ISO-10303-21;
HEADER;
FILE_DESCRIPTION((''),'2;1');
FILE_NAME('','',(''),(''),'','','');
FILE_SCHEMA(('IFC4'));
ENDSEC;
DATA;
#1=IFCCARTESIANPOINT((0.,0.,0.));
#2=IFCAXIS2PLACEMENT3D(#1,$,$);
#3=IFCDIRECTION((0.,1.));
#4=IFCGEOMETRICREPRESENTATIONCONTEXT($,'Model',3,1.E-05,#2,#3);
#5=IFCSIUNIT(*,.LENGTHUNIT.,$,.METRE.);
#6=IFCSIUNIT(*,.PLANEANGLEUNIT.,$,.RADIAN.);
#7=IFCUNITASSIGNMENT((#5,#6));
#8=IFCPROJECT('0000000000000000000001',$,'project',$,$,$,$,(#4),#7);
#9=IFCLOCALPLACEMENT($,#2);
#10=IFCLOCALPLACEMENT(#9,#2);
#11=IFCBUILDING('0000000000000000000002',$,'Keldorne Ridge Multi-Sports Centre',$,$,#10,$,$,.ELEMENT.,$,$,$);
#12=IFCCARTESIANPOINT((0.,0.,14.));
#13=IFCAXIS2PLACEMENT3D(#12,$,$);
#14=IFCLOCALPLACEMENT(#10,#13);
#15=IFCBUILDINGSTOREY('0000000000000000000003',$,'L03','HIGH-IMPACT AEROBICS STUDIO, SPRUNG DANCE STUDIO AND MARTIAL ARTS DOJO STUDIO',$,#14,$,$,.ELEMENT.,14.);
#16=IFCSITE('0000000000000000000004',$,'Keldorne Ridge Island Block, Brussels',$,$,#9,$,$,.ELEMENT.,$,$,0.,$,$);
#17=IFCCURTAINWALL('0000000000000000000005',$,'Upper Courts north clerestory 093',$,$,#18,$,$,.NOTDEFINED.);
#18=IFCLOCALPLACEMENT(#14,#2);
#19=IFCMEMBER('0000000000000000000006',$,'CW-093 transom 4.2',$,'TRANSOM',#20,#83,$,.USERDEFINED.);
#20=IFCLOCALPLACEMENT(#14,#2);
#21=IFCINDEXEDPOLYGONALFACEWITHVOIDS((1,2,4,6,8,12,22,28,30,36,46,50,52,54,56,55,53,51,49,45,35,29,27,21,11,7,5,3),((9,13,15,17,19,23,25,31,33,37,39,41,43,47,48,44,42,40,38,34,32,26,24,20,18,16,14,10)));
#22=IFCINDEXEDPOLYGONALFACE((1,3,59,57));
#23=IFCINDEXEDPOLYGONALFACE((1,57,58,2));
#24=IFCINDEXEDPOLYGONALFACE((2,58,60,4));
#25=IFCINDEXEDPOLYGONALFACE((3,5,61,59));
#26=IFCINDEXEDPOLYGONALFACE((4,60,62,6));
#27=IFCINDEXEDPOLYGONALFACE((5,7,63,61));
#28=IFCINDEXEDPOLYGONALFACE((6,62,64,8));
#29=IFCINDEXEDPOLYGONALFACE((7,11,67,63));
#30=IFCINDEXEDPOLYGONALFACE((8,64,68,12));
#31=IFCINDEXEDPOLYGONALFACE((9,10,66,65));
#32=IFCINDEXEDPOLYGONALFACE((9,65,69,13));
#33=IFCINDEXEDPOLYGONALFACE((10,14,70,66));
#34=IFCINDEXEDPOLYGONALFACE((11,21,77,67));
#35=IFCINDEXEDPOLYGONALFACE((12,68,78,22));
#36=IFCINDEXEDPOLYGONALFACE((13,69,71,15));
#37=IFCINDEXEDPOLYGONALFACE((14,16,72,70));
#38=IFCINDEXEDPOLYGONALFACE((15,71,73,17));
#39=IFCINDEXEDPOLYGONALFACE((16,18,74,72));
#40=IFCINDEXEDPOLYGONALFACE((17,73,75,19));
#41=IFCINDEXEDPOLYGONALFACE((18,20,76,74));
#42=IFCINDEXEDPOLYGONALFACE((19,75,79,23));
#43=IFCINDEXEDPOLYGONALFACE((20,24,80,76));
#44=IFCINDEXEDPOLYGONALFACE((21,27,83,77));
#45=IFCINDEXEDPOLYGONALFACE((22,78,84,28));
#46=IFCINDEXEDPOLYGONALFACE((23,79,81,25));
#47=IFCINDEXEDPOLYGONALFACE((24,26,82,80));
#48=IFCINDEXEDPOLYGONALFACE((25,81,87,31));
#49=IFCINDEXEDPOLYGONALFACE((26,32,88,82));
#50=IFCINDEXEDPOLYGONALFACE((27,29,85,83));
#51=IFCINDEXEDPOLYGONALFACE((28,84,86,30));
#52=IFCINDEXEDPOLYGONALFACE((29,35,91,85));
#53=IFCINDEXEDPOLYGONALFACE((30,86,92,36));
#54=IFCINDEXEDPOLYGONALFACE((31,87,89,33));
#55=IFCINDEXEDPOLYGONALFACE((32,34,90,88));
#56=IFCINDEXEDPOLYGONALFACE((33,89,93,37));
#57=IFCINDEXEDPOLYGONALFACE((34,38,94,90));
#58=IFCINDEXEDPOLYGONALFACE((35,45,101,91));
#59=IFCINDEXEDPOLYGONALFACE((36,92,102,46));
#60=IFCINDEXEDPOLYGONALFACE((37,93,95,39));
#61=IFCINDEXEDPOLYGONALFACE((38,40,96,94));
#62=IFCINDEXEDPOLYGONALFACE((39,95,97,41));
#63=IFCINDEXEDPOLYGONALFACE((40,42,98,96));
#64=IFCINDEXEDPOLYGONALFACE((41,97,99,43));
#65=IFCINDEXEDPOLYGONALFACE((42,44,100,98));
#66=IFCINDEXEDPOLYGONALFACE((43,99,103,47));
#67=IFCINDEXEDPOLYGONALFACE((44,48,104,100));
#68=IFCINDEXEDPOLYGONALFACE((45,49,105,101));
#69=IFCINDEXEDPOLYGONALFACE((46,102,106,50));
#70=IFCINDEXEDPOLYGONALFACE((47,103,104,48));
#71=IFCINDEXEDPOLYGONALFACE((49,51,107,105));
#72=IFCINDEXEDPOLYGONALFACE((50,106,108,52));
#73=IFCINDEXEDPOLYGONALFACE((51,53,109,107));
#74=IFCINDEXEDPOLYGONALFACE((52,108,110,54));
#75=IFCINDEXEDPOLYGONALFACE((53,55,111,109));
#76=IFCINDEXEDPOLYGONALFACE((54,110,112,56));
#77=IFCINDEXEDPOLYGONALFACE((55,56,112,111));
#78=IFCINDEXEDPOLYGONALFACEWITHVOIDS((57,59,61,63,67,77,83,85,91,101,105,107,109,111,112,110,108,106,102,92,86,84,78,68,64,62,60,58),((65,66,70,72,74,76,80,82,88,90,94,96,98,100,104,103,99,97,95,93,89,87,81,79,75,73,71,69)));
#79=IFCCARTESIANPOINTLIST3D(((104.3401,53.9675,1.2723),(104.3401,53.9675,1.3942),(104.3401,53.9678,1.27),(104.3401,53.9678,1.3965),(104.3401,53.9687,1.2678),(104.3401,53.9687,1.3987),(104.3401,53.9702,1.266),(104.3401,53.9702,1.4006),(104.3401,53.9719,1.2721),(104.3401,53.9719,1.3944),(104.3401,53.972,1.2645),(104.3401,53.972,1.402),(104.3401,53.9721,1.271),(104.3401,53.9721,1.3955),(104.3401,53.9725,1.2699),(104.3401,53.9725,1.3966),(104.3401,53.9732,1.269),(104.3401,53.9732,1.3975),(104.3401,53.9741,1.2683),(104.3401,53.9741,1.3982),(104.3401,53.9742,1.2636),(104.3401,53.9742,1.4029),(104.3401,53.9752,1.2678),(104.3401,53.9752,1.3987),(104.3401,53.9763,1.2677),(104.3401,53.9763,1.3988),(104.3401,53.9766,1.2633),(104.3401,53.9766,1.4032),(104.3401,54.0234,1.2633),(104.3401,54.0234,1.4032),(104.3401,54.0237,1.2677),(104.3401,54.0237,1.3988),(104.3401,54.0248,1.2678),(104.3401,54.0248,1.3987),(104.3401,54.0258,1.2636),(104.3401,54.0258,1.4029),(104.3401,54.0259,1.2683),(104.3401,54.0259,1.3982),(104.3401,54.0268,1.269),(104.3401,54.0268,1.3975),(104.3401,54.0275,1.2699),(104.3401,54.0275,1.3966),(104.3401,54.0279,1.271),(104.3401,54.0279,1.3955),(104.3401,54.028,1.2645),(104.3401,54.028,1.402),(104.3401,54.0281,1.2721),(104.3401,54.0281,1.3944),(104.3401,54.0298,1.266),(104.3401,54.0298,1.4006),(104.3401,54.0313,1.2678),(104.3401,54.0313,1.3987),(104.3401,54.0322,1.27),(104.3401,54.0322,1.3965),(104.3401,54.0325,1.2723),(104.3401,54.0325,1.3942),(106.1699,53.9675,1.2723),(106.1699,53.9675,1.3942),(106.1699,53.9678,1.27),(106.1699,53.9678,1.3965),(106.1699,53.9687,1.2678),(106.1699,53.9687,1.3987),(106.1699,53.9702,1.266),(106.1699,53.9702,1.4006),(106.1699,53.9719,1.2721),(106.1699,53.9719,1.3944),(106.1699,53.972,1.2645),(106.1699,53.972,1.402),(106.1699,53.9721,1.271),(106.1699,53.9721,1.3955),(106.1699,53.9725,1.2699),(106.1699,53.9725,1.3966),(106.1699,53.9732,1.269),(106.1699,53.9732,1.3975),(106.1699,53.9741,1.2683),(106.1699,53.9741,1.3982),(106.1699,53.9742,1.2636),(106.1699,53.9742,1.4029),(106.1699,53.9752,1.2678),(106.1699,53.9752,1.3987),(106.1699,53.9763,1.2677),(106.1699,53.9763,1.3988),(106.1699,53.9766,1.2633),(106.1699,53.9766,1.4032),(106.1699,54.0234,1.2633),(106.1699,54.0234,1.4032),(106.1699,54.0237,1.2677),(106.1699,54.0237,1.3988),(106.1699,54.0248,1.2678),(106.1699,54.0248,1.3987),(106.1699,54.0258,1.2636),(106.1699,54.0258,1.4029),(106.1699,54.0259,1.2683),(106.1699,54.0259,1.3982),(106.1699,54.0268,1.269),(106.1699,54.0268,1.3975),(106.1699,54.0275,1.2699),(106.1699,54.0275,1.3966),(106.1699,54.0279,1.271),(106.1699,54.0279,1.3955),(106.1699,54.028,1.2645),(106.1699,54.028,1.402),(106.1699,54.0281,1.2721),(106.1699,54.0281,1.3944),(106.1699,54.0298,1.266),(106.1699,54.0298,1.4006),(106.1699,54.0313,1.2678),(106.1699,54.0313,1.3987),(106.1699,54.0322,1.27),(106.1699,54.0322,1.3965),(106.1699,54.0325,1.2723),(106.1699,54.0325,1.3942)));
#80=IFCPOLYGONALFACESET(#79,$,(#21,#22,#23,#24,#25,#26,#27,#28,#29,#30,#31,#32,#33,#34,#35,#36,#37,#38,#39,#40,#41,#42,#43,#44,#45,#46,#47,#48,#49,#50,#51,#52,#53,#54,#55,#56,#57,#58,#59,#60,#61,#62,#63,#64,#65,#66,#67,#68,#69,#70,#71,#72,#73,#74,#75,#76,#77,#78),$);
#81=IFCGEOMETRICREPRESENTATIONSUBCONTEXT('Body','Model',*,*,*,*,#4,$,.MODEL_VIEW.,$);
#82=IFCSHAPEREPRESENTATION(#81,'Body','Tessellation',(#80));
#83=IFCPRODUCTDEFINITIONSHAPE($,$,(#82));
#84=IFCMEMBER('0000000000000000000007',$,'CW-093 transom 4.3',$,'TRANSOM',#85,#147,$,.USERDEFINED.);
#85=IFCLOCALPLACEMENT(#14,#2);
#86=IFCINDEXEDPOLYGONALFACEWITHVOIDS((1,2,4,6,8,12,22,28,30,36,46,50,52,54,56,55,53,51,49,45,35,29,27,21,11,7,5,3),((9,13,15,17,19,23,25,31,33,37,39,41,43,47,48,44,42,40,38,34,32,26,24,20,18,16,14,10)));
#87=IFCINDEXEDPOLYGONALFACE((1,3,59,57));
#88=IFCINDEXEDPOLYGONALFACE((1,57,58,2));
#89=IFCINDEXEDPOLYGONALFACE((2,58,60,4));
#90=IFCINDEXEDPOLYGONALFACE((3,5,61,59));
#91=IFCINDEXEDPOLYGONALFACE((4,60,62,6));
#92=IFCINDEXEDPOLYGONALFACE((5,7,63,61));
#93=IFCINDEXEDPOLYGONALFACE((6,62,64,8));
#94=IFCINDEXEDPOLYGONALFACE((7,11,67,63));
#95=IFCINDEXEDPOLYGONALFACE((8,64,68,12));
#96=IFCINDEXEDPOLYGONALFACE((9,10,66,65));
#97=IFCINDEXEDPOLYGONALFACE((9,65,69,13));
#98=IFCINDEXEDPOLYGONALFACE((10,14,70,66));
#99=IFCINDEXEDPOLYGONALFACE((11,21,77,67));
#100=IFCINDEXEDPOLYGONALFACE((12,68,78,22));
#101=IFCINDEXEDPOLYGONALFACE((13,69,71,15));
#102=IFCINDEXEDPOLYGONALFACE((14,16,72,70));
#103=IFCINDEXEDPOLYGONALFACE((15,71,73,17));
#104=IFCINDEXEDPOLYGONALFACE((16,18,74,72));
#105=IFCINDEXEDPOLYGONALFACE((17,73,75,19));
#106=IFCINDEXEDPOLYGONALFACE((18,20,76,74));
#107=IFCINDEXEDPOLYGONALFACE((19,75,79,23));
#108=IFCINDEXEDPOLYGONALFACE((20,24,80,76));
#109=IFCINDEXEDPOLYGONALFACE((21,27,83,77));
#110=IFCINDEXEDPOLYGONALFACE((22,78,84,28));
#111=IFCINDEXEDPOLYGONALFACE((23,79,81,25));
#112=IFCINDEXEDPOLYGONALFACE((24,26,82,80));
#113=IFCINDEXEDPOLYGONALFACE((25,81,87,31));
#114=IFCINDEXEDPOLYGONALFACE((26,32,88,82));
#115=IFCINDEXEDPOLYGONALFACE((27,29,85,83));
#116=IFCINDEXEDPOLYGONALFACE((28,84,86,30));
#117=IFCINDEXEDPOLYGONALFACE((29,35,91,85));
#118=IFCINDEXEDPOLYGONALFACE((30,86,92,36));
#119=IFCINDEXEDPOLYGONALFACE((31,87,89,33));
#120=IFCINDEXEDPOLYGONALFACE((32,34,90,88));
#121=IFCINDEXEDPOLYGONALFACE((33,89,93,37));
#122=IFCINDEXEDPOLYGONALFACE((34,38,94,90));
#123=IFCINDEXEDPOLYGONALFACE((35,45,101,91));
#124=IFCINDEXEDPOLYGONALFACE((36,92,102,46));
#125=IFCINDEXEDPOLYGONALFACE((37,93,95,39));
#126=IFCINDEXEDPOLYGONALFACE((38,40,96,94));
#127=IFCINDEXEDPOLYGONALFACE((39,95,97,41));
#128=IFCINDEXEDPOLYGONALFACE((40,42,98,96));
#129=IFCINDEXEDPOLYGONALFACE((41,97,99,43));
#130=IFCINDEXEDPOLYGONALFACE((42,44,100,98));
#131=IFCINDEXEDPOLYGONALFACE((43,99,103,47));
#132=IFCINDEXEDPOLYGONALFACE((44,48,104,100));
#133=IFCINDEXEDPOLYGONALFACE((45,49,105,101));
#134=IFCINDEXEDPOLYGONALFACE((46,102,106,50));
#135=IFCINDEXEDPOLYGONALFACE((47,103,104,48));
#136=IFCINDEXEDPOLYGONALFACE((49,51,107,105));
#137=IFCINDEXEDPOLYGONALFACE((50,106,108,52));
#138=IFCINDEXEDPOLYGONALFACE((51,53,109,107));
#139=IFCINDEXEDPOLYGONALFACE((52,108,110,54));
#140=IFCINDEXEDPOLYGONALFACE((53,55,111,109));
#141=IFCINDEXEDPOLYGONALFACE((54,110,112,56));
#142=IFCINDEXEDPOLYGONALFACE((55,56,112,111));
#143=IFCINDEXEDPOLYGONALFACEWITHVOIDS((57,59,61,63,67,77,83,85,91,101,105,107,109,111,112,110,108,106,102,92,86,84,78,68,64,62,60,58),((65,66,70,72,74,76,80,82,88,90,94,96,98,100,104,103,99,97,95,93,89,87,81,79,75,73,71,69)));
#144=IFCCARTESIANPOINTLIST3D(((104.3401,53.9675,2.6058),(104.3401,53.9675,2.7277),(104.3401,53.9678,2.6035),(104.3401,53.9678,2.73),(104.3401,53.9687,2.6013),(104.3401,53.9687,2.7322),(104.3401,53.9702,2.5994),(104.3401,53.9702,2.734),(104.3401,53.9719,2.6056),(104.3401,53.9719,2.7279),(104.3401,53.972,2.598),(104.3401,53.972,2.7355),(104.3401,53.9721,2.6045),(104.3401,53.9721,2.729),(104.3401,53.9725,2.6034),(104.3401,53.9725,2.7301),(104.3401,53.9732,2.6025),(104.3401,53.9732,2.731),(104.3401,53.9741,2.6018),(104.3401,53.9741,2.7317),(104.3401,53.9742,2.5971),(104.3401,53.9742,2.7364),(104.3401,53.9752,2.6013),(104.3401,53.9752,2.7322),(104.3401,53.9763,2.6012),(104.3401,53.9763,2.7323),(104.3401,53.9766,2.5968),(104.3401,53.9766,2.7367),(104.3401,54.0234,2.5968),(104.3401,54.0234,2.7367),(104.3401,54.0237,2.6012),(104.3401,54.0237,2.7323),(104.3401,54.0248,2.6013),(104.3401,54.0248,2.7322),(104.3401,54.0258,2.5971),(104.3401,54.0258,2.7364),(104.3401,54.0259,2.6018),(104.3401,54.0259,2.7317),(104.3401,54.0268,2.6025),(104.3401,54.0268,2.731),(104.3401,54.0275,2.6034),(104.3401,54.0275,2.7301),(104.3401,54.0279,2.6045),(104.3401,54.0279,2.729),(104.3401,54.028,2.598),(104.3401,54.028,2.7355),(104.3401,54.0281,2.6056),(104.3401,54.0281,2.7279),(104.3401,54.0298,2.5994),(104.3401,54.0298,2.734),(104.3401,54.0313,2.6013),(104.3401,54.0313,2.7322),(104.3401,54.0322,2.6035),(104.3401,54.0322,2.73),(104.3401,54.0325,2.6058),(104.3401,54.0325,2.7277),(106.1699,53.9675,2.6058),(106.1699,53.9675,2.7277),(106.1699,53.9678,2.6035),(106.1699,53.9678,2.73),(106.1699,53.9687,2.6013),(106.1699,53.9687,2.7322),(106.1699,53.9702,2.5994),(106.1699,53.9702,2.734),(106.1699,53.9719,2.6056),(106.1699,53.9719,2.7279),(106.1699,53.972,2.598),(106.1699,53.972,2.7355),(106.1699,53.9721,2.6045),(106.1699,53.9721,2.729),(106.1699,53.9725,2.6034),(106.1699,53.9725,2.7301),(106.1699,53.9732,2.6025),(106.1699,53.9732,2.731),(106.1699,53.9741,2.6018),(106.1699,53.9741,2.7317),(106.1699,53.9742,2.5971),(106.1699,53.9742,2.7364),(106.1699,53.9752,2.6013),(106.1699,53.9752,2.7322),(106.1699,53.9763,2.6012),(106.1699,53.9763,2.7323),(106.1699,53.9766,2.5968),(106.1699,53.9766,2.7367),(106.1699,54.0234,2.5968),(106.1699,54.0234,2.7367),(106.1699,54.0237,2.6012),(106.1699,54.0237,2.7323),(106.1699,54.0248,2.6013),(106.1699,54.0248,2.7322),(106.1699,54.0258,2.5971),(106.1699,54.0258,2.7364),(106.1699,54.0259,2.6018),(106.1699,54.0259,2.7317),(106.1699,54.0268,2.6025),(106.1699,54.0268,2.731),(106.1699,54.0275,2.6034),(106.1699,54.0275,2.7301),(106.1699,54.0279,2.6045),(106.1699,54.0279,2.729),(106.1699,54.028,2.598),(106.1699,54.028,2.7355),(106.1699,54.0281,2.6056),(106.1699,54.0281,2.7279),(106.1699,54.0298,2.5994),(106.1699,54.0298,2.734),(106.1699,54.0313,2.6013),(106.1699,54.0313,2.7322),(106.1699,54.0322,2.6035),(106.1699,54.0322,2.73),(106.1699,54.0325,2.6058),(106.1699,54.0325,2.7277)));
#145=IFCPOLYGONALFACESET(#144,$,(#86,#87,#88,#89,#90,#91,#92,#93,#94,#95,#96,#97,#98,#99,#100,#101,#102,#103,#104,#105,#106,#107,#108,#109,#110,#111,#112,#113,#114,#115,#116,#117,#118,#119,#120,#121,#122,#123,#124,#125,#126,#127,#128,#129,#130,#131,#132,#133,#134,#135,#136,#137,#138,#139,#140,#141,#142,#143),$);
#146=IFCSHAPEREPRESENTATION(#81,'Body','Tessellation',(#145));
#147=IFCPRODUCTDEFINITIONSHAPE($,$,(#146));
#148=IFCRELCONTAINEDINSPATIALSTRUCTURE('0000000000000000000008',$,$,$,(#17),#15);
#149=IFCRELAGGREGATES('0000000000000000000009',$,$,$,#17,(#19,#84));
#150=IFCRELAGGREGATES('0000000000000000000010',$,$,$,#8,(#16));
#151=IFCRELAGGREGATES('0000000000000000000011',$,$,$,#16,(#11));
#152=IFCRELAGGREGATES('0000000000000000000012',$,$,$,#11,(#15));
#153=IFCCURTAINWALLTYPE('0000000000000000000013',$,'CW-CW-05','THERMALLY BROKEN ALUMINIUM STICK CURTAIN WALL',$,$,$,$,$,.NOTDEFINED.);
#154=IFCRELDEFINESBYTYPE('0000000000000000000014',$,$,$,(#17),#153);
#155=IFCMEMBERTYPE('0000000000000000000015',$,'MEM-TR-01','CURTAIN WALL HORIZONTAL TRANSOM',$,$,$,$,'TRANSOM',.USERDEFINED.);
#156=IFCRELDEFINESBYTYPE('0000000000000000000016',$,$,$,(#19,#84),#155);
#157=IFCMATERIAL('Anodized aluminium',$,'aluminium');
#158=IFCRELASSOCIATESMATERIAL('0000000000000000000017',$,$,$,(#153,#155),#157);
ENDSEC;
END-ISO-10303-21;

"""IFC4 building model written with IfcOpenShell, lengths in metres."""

from ifc_helpers import new_model, si_unit, direction, frame, origin, origin_2d, place, context, subcontext, project, spatial, hollow_rectangle, extrude, material, material_profile, profile_set, type_object, element, aggregate, save


model = new_model("IFC4")

# Units and contexts
model_context = context("Model", 3, precision=1e-05, world=origin(), true_north=direction((0.0, 1.0)))
body_context = subcontext(model_context, "Body", "Model", "MODEL_VIEW")
ifc_project = project(units=[si_unit("LENGTHUNIT", "METRE"), si_unit("PLANEANGLEUNIT", "RADIAN")], contexts=[model_context])

# Site, building, storey
site_placement = place(None, origin())
site = spatial("IfcSite", under=ifc_project, at=site_placement, Name="Keldorne Ridge Island Block, Brussels", CompositionType="ELEMENT", RefElevation=0.0)
building_placement = place(site_placement, origin())
building = spatial("IfcBuilding", under=site, at=building_placement, Name="Keldorne Ridge Multi-Sports Centre", CompositionType="ELEMENT")
storey_placement = place(building_placement, frame((0.0, 0.0, 14.0)))
storey = spatial("IfcBuildingStorey", under=building, at=storey_placement, Name="L03", Description="HIGH-IMPACT AEROBICS STUDIO, SPRUNG DANCE STUDIO AND MARTIAL ARTS DOJO STUDIO", CompositionType="ELEMENT", Elevation=14.0)

# Curtain wall
ifc_material_1 = material(Name="Anodized aluminium", Category="aluminium")
curtain_wall_type = type_object("IfcCurtainWallType", Name="CW-CW-05", Description="THERMALLY BROKEN ALUMINIUM STICK CURTAIN WALL", PredefinedType="NOTDEFINED", material=ifc_material_1)
curtain_wall_placement = place(storey_placement, origin())
curtain_wall = element("IfcCurtainWall", 1, at=curtain_wall_placement, inside=storey, type_object=curtain_wall_type, Name="Upper Courts north clerestory 093", PredefinedType="NOTDEFINED")

# Members
ifc_material_profile_1 = material_profile(ifc_material_1, hollow_rectangle(XDim=0.0649, YDim=0.1399, WallThickness=0.0044, InnerFilletRadius=0.0044, OuterFilletRadius=0.009, at=origin_2d()), Name="ALU TRANSOM 140x65x4.5")
ifc_profile_set_1 = profile_set([ifc_material_profile_1], Name="Anodized aluminium")
member_type_1 = type_object("IfcMemberType", Name="MEM-TR-01", Description="CURTAIN WALL HORIZONTAL TRANSOM", ElementType="TRANSOM", PredefinedType="USERDEFINED", material=ifc_profile_set_1)
member_1_placement = place(storey_placement, frame((106.1699, 54.0, 1.3333), z_axis=(-1.0, 0.0, 0.0), x_axis=(0.0, -1.0, 0.0)))
member_1 = element("IfcMember", 2, at=member_1_placement, type_object=member_type_1, Name="CW-093 transom 4.2", ObjectType="TRANSOM", PredefinedType="USERDEFINED", context=body_context, shape_type="SweptSolid", body=[
    extrude(hollow_rectangle(XDim=0.0649, YDim=0.1399, WallThickness=0.0044, InnerFilletRadius=0.0044, OuterFilletRadius=0.009, at=origin_2d()), origin(), (0.0, 0.0, 1.0), 1.8298),
])
member_2_placement = place(storey_placement, frame((106.1699, 54.0, 2.6667), z_axis=(-1.0, 0.0, 0.0), x_axis=(0.0, -1.0, 0.0)))
member_2 = element("IfcMember", 3, at=member_2_placement, type_object=member_type_1, Name="CW-093 transom 4.3", ObjectType="TRANSOM", PredefinedType="USERDEFINED", context=body_context, shape_type="SweptSolid", body=[
    extrude(hollow_rectangle(XDim=0.0649, YDim=0.1399, WallThickness=0.0044, InnerFilletRadius=0.0044, OuterFilletRadius=0.009, at=origin_2d()), origin(), (0.0, 0.0, 1.0), 1.8298),
])

aggregate(curtain_wall, [member_1, member_2])

save(model, "model.ifc")
